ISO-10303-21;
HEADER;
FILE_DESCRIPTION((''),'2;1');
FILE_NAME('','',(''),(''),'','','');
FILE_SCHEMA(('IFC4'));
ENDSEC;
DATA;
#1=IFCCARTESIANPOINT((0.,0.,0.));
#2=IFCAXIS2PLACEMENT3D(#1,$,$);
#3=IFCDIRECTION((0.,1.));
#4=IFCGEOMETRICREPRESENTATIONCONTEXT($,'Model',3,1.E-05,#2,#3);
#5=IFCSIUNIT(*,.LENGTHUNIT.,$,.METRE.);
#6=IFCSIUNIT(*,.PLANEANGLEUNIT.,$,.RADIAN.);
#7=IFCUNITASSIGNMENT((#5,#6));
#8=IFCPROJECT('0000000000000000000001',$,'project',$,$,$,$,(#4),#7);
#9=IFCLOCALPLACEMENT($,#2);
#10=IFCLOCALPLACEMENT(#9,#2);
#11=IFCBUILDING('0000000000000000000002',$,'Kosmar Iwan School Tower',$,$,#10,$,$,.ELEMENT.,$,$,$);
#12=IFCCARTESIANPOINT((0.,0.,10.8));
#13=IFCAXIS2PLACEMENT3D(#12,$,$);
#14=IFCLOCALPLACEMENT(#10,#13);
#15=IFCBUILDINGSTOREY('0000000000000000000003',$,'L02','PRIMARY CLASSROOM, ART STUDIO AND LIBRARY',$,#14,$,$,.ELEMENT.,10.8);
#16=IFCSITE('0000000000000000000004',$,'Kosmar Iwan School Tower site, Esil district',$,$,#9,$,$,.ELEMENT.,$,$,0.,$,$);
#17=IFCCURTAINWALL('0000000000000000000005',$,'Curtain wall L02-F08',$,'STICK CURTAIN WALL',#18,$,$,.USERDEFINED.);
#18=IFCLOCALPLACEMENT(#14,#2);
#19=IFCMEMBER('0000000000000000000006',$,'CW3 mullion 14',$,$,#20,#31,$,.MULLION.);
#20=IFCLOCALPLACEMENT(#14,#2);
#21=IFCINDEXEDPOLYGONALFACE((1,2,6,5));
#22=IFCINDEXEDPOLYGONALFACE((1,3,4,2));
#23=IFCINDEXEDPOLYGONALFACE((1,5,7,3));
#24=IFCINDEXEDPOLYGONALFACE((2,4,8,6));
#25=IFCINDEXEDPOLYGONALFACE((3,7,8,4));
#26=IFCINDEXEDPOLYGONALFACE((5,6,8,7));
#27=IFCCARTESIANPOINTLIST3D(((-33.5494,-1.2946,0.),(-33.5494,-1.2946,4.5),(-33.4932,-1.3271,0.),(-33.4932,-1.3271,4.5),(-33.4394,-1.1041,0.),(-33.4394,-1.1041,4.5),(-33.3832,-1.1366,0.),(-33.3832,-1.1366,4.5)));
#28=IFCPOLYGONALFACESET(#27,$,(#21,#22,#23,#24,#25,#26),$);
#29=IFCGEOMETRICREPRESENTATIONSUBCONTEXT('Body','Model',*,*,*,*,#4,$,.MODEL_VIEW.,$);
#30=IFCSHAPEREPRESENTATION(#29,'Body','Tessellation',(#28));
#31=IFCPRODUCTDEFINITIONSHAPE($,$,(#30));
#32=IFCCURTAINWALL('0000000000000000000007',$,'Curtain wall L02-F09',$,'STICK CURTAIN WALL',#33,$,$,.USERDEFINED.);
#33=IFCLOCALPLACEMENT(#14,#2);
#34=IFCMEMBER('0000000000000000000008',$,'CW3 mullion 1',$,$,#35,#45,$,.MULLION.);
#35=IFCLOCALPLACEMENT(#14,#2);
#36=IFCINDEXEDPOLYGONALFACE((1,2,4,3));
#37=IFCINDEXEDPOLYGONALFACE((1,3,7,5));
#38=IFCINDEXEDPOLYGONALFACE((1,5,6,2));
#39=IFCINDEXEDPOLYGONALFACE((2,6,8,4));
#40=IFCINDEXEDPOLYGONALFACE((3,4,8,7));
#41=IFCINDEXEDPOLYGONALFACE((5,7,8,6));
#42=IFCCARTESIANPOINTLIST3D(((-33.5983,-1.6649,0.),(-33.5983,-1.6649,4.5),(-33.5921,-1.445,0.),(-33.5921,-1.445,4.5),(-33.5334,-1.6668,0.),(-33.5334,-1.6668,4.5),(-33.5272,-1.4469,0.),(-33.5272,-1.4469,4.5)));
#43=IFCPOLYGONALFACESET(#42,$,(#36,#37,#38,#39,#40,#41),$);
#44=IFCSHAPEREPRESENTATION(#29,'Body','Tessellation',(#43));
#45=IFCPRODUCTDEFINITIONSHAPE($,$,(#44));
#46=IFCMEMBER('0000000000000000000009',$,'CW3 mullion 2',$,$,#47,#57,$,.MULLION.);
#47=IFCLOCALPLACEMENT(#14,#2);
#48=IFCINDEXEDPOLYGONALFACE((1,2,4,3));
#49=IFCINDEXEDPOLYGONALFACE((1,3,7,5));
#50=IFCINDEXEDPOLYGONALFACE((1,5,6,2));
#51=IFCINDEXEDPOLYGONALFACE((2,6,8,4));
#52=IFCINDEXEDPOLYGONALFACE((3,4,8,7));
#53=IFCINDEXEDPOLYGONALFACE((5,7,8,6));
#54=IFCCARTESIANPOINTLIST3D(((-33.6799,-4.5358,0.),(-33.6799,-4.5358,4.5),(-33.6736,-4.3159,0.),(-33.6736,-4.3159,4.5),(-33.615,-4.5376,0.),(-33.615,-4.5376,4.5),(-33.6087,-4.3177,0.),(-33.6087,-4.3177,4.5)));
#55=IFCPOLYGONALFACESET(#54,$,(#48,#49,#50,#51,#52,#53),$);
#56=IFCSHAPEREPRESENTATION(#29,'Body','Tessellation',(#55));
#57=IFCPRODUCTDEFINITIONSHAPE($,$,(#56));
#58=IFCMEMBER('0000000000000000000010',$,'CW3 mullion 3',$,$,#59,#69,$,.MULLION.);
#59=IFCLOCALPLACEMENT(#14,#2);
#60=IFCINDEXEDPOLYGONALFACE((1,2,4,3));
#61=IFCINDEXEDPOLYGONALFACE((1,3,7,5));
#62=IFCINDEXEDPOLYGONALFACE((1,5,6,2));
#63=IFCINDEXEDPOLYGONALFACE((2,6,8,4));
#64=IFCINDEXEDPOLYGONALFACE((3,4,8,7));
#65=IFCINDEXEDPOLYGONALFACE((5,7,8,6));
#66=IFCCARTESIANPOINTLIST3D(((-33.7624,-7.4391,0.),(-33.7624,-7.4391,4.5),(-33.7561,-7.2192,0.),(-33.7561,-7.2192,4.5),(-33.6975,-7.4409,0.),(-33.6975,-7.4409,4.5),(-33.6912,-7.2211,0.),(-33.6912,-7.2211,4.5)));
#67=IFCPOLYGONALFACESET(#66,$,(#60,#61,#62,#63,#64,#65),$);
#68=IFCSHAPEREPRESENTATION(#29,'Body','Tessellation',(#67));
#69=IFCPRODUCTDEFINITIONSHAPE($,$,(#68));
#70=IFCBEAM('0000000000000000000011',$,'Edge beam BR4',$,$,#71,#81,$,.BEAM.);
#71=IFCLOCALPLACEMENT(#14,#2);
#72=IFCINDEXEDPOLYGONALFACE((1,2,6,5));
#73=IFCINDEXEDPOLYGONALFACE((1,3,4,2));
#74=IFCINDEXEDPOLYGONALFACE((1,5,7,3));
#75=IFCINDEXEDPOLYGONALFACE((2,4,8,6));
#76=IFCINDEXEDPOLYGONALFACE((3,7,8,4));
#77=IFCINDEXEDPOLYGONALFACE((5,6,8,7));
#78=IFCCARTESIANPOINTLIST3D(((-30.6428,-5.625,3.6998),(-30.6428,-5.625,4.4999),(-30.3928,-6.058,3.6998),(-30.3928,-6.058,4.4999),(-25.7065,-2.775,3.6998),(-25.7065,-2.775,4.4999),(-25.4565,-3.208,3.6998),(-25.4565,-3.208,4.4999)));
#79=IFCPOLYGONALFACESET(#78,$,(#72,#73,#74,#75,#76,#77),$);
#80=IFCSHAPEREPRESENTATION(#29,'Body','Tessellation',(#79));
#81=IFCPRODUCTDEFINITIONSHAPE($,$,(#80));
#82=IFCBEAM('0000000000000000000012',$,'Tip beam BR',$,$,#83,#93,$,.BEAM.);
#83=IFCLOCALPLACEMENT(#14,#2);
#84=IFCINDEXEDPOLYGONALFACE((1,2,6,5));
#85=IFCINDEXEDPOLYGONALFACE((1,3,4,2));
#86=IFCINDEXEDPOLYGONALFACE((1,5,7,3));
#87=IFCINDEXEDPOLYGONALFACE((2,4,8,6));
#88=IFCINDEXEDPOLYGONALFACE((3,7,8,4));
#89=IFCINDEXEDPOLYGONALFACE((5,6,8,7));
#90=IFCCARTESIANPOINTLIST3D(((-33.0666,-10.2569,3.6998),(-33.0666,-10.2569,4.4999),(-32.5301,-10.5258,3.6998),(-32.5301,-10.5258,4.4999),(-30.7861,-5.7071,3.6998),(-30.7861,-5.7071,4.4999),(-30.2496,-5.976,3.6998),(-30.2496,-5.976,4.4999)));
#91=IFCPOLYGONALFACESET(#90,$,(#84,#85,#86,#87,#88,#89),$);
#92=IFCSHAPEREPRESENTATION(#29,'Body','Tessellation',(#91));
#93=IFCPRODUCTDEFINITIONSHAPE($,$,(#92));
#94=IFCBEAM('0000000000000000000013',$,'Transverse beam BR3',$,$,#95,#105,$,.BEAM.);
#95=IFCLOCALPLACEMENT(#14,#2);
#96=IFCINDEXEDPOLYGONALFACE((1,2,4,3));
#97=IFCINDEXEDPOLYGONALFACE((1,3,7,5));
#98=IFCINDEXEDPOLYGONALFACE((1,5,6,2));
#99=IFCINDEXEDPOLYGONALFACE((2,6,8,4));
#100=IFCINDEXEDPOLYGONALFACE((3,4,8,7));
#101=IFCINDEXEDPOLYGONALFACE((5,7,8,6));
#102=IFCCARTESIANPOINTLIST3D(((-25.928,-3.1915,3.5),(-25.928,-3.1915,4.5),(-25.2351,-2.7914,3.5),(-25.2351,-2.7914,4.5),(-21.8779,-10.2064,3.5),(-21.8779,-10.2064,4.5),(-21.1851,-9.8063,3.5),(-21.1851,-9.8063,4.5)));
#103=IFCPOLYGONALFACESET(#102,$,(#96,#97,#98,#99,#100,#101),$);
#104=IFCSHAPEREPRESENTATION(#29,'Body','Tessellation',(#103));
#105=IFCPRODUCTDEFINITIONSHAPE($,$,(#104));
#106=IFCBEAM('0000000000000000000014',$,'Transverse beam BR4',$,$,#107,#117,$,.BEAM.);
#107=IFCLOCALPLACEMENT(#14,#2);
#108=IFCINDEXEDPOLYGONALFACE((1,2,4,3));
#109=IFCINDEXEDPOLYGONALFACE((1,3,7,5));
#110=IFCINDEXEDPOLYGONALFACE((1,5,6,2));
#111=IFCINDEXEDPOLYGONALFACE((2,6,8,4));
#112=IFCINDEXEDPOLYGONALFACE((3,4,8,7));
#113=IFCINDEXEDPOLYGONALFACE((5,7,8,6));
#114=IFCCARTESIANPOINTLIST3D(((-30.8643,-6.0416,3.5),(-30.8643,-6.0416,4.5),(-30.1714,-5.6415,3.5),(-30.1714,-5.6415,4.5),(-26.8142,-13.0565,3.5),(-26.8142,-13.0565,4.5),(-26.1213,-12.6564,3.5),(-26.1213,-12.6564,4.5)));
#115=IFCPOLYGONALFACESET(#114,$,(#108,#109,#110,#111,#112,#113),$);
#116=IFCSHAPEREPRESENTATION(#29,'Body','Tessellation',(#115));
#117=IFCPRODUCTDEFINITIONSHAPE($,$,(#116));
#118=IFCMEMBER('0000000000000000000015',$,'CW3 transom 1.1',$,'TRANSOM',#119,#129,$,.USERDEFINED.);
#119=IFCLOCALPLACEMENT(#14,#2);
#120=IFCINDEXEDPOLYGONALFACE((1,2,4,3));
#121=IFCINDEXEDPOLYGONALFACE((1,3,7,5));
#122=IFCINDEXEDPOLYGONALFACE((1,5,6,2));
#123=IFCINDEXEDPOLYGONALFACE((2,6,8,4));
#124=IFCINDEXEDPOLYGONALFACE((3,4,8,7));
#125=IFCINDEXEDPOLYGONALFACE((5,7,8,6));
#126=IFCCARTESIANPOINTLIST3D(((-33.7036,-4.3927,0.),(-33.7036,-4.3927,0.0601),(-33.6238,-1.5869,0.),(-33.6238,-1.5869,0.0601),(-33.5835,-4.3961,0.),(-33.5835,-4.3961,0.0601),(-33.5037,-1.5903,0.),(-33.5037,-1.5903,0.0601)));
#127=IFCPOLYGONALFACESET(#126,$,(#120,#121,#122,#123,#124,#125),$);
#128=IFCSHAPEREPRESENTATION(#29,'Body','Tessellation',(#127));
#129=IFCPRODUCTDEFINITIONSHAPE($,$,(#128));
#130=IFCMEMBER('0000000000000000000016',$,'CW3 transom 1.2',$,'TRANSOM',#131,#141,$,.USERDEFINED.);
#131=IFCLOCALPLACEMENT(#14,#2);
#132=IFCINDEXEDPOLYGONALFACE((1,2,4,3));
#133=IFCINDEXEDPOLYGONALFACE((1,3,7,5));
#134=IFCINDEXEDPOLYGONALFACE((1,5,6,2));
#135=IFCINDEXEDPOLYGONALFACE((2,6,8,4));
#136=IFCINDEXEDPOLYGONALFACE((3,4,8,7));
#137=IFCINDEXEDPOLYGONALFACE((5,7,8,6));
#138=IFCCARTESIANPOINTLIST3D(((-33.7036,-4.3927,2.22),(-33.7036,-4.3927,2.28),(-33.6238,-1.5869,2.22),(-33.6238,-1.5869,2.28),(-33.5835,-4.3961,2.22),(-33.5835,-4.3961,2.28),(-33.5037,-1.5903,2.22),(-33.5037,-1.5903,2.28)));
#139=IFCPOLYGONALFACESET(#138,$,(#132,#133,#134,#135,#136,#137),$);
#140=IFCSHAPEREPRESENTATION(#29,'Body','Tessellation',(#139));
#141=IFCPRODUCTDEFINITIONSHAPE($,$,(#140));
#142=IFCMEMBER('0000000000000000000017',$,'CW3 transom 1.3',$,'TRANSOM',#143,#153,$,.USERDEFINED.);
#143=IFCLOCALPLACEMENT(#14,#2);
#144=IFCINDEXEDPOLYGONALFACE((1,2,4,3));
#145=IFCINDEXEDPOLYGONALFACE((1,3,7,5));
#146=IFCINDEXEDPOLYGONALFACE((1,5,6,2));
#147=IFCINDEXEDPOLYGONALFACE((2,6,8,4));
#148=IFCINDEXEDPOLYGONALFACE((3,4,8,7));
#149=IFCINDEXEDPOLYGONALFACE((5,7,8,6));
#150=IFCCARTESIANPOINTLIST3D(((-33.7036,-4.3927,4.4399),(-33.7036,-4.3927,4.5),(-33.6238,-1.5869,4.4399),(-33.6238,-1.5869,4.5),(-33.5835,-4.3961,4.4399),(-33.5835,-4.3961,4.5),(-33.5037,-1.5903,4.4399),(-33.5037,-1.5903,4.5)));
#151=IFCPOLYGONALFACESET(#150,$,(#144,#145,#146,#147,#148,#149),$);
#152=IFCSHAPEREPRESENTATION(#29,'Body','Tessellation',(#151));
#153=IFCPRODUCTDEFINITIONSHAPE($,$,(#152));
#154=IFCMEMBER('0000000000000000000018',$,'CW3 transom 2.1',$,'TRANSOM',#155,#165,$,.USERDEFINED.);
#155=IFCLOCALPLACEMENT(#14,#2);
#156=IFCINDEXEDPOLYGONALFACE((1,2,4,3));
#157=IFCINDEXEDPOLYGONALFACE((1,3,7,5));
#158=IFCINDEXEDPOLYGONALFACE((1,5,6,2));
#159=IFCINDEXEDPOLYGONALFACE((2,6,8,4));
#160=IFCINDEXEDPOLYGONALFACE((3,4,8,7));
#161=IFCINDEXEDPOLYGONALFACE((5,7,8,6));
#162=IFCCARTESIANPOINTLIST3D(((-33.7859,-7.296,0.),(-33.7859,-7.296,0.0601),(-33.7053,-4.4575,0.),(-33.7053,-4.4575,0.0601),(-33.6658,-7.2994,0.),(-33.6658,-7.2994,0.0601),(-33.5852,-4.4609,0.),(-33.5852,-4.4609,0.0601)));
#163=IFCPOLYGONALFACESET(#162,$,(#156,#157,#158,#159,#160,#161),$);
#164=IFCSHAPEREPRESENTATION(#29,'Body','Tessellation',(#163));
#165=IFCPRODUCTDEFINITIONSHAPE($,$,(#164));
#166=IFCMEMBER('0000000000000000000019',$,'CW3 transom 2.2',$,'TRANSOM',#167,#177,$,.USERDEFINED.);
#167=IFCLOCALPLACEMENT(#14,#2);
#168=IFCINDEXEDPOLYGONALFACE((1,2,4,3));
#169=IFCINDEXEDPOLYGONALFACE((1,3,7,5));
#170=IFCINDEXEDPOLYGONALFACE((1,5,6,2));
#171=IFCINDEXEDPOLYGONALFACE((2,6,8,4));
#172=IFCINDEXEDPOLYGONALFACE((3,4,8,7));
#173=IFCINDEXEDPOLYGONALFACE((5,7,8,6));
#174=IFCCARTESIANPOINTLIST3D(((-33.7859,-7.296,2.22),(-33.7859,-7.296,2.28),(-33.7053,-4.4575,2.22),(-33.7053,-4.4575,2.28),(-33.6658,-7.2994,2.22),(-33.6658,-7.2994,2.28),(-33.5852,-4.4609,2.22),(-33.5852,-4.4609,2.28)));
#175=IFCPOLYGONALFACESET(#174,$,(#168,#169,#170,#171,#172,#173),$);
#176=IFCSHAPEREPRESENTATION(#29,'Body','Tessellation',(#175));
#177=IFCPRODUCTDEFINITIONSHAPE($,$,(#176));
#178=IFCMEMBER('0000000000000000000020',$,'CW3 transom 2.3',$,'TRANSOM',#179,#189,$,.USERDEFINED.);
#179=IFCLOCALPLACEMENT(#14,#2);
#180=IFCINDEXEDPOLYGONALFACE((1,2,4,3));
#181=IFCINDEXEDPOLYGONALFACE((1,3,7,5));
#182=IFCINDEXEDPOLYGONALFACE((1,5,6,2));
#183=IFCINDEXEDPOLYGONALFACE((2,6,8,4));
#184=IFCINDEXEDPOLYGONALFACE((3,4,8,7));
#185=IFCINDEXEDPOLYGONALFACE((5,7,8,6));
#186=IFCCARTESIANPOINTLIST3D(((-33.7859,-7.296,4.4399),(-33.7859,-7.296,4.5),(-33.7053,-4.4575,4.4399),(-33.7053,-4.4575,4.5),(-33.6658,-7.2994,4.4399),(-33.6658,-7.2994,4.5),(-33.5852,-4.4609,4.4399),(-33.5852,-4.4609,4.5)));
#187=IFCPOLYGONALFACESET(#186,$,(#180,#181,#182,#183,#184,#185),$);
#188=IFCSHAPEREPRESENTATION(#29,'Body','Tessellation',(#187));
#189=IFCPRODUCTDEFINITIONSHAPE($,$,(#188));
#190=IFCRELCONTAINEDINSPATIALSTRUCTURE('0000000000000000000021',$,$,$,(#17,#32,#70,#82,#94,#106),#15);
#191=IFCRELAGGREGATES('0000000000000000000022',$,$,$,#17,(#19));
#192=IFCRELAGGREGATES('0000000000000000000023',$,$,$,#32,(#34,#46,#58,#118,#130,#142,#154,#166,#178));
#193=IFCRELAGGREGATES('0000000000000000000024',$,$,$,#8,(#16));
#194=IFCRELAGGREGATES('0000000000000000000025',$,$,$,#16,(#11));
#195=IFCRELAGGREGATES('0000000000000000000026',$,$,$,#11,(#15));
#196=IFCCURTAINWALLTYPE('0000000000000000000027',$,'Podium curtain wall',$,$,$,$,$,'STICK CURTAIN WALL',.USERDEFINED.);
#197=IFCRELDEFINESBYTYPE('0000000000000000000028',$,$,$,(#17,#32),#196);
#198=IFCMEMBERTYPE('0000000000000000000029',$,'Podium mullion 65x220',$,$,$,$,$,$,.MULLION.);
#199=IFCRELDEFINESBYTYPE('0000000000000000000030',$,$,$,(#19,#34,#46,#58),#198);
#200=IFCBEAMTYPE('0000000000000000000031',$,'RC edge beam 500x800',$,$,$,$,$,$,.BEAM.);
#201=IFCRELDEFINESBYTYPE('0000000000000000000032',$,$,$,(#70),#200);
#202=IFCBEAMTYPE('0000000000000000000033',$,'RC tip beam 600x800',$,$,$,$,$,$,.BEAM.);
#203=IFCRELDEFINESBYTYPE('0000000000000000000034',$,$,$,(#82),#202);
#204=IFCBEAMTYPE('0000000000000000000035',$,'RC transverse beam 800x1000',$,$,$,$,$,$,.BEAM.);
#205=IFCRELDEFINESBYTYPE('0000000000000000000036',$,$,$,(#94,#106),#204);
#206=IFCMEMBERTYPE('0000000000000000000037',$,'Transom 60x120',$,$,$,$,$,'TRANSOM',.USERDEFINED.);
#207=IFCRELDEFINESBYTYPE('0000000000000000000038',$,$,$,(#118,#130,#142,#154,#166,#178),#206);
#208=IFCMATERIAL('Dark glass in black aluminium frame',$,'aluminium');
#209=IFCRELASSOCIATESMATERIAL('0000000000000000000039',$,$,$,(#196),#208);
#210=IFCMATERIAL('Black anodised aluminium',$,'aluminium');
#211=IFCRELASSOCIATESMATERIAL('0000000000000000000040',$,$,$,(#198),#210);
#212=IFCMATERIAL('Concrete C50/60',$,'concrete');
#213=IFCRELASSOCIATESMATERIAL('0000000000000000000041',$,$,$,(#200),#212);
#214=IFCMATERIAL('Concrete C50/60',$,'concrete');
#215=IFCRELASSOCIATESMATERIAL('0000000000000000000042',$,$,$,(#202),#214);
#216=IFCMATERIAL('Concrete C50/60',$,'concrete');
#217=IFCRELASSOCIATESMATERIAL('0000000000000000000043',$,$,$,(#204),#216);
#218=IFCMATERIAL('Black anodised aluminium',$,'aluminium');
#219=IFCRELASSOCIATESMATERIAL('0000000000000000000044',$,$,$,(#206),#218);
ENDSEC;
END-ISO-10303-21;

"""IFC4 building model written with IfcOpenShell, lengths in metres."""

from ifc_helpers import new_model, si_unit, direction, frame, origin, origin_2d, place, context, subcontext, project, spatial, rectangle, extrude, material, material_profile, profile_set, type_object, element, aggregate, save


model = new_model("IFC4")

# Units and contexts
model_context = context("Model", 3, precision=1e-05, world=origin(), true_north=direction((0.0, 1.0)))
body_context = subcontext(model_context, "Body", "Model", "MODEL_VIEW")
ifc_project = project(units=[si_unit("LENGTHUNIT", "METRE"), si_unit("PLANEANGLEUNIT", "RADIAN")], contexts=[model_context])

# Site, building, storey
site_placement = place(None, origin())
site = spatial("IfcSite", under=ifc_project, at=site_placement, Name="Kosmar Iwan School Tower site, Esil district", CompositionType="ELEMENT", RefElevation=0.0)
building_placement = place(site_placement, origin())
building = spatial("IfcBuilding", under=site, at=building_placement, Name="Kosmar Iwan School Tower", CompositionType="ELEMENT")
storey_placement = place(building_placement, frame((0.0, 0.0, 10.8)))
storey = spatial("IfcBuildingStorey", under=building, at=storey_placement, Name="L02", Description="PRIMARY CLASSROOM, ART STUDIO AND LIBRARY", CompositionType="ELEMENT", Elevation=10.8)

# Curtain wall, member
ifc_material_1 = material(Name="Dark glass in black aluminium frame", Category="aluminium")
curtain_wall_type = type_object("IfcCurtainWallType", Name="Podium curtain wall", ElementType="STICK CURTAIN WALL", PredefinedType="USERDEFINED", material=ifc_material_1)
curtain_wall_1_placement = place(storey_placement, origin())
curtain_wall_1 = element("IfcCurtainWall", 1, at=curtain_wall_1_placement, inside=storey, type_object=curtain_wall_type, Name="Curtain wall L02-F08", ObjectType="STICK CURTAIN WALL", PredefinedType="USERDEFINED")
ifc_material_2 = material(Name="Black anodised aluminium", Category="aluminium")
ifc_material_profile_1 = material_profile(ifc_material_2, rectangle(XDim=0.0649, YDim=0.22, at=origin_2d()), Name="MULLION 65x220")
ifc_profile_set_1 = profile_set([ifc_material_profile_1], Name="Black anodised aluminium")
member_type_1 = type_object("IfcMemberType", Name="Podium mullion 65x220", PredefinedType="MULLION", material=ifc_profile_set_1)
member_1_placement = place(storey_placement, frame((-33.4663, -1.2156, 0.0), z_axis=(0.0, 0.0, 1.0), x_axis=(0.866025, -0.5, 0.0)))
member_1 = element("IfcMember", 2, at=member_1_placement, type_object=member_type_1, Name="CW3 mullion 14", PredefinedType="MULLION", context=body_context, shape_type="SweptSolid", body=[
    extrude(rectangle(XDim=0.0649, YDim=0.22, at=origin_2d()), origin(), (0.0, 0.0, 1.0), 4.5),
])
aggregate(curtain_wall_1, [member_1])

# Curtain wall, members
curtain_wall_2_placement = place(storey_placement, origin())
curtain_wall_2 = element("IfcCurtainWall", 3, at=curtain_wall_2_placement, inside=storey, type_object=curtain_wall_type, Name="Curtain wall L02-F09", ObjectType="STICK CURTAIN WALL", PredefinedType="USERDEFINED")
member_2_placement = place(storey_placement, frame((-33.5627, -1.5559, 0.0), z_axis=(0.0, 0.0, 1.0), x_axis=(0.999597, -0.028386, 0.0)))
member_2 = element("IfcMember", 4, at=member_2_placement, type_object=member_type_1, Name="CW3 mullion 1", PredefinedType="MULLION", context=body_context, shape_type="SweptSolid", body=[
    extrude(rectangle(XDim=0.0649, YDim=0.22, at=origin_2d()), origin(), (0.0, 0.0, 1.0), 4.5),
])
member_3_placement = place(storey_placement, frame((-33.6443, -4.4268, 0.0), z_axis=(0.0, 0.0, 1.0), x_axis=(0.999597, -0.028386, 0.0)))
member_3 = element("IfcMember", 5, at=member_3_placement, type_object=member_type_1, Name="CW3 mullion 2", PredefinedType="MULLION", context=body_context, shape_type="SweptSolid", body=[
    extrude(rectangle(XDim=0.0649, YDim=0.22, at=origin_2d()), origin(), (0.0, 0.0, 1.0), 4.5),
])
member_4_placement = place(storey_placement, frame((-33.7268, -7.3301, 0.0), z_axis=(0.0, 0.0, 1.0), x_axis=(0.999597, -0.028386, 0.0)))
member_4 = element("IfcMember", 6, at=member_4_placement, type_object=member_type_1, Name="CW3 mullion 3", PredefinedType="MULLION", context=body_context, shape_type="SweptSolid", body=[
    extrude(rectangle(XDim=0.0649, YDim=0.22, at=origin_2d()), origin(), (0.0, 0.0, 1.0), 4.5),
])

# Beams
ifc_material_3 = material(Name="Concrete C50/60", Category="concrete")
ifc_material_profile_2 = material_profile(ifc_material_3, rectangle(XDim=0.5, YDim=0.8, at=origin_2d()), Name="RC 500x800")
ifc_profile_set_2 = profile_set([ifc_material_profile_2], Name="Concrete C50/60")
beam_type_1 = type_object("IfcBeamType", Name="RC edge beam 500x800", PredefinedType="BEAM", material=ifc_profile_set_2)
beam_1_placement = place(storey_placement, frame((-25.5815, -2.9915, 4.0999), z_axis=(-0.866015, -0.500018, 0.0), x_axis=(0.500018, -0.866015, 0.0)))
element("IfcBeam", 7, at=beam_1_placement, inside=storey, type_object=beam_type_1, Name="Edge beam BR4", PredefinedType="BEAM", context=body_context, shape_type="SweptSolid", body=[
    extrude(rectangle(XDim=0.5, YDim=0.8, at=origin_2d()), origin(), (0.0, 0.0, 1.0), 5.7),
])
ifc_material_4 = material(Name="Concrete C50/60", Category="concrete")
ifc_material_profile_3 = material_profile(ifc_material_4, rectangle(XDim=0.6001, YDim=0.8, at=origin_2d()), Name="RC 600x800")
ifc_profile_set_3 = profile_set([ifc_material_profile_3], Name="Concrete C50/60")
beam_type_2 = type_object("IfcBeamType", Name="RC tip beam 600x800", PredefinedType="BEAM", material=ifc_profile_set_3)
beam_2_placement = place(storey_placement, frame((-30.5178, -5.8416, 4.0999), z_axis=(-0.448096, -0.893985, 0.0), x_axis=(0.893985, -0.448096, 0.0)))
element("IfcBeam", 8, at=beam_2_placement, inside=storey, type_object=beam_type_2, Name="Tip beam BR", PredefinedType="BEAM", context=body_context, shape_type="SweptSolid", body=[
    extrude(rectangle(XDim=0.6001, YDim=0.8, at=origin_2d()), origin(), (0.0, 0.0, 1.0), 5.0894),
])
ifc_material_5 = material(Name="Concrete C50/60", Category="concrete")
ifc_material_profile_4 = material_profile(ifc_material_5, rectangle(XDim=0.8, YDim=1.0, at=origin_2d()), Name="RC 800x1000")
ifc_profile_set_4 = profile_set([ifc_material_profile_4], Name="Concrete C50/60")
beam_type_3 = type_object("IfcBeamType", Name="RC transverse beam 800x1000", PredefinedType="BEAM", material=ifc_profile_set_4)
for number, where, z_axis, x_axis, name in (
    (9, (-25.5815, -2.9915, 4.0), (0.5, -0.866025, 0.0), (0.866025, 0.5, 0.0), "Transverse beam BR3"),
    (10, (-30.5178, -5.8416, 4.0), (0.5, -0.866025, 0.0), (0.866025, 0.5, 0.0), "Transverse beam BR4"),
):
    element("IfcBeam", number, at=place(storey_placement, frame(where, z_axis=z_axis, x_axis=x_axis)), inside=storey, type_object=beam_type_3, Name=name, PredefinedType="BEAM", context=body_context, shape_type="SweptSolid", body=[
        extrude(rectangle(XDim=0.8, YDim=1.0, at=origin_2d()), origin(), (0.0, 0.0, 1.0), 8.1001),
    ])

# Members
ifc_material_6 = material(Name="Black anodised aluminium", Category="aluminium")
ifc_material_profile_5 = material_profile(ifc_material_6, rectangle(XDim=0.1201, YDim=0.0601, at=origin_2d()), Name="TRANSOM 60x120")
ifc_profile_set_5 = profile_set([ifc_material_profile_5], Name="Black anodised aluminium")
member_type_2 = type_object("IfcMemberType", Name="Transom 60x120", ElementType="TRANSOM", PredefinedType="USERDEFINED", material=ifc_profile_set_5)
member_5_placement = place(storey_placement, frame((-33.5637, -1.5886, 0.03), z_axis=(-0.028443, -0.999595, 0.0), x_axis=(0.999595, -0.028443, 0.0)))
member_5 = element("IfcMember", 11, at=member_5_placement, type_object=member_type_2, Name="CW3 transom 1.1", ObjectType="TRANSOM", PredefinedType="USERDEFINED", context=body_context, shape_type="SweptSolid", body=[
    extrude(rectangle(XDim=0.1201, YDim=0.0601, at=origin_2d()), origin(), (0.0, 0.0, 1.0), 2.8069),
])
member_6_placement = place(storey_placement, frame((-33.5637, -1.5886, 2.25), z_axis=(-0.028443, -0.999595, 0.0), x_axis=(0.999595, -0.028443, 0.0)))
member_6 = element("IfcMember", 12, at=member_6_placement, type_object=member_type_2, Name="CW3 transom 1.2", ObjectType="TRANSOM", PredefinedType="USERDEFINED", context=body_context, shape_type="SweptSolid", body=[
    extrude(rectangle(XDim=0.1201, YDim=0.0601, at=origin_2d()), origin(), (0.0, 0.0, 1.0), 2.8069),
])
member_7_placement = place(storey_placement, frame((-33.5637, -1.5886, 4.47), z_axis=(-0.028443, -0.999595, 0.0), x_axis=(0.999595, -0.028443, 0.0)))
member_7 = element("IfcMember", 13, at=member_7_placement, type_object=member_type_2, Name="CW3 transom 1.3", ObjectType="TRANSOM", PredefinedType="USERDEFINED", context=body_context, shape_type="SweptSolid", body=[
    extrude(rectangle(XDim=0.1201, YDim=0.0601, at=origin_2d()), origin(), (0.0, 0.0, 1.0), 2.8069),
])
member_8_placement = place(storey_placement, frame((-33.6453, -4.4592, 0.03), z_axis=(-0.028373, -0.999597, 0.0), x_axis=(0.999597, -0.028373, 0.0)))
member_8 = element("IfcMember", 14, at=member_8_placement, type_object=member_type_2, Name="CW3 transom 2.1", ObjectType="TRANSOM", PredefinedType="USERDEFINED", context=body_context, shape_type="SweptSolid", body=[
    extrude(rectangle(XDim=0.1201, YDim=0.0601, at=origin_2d()), origin(), (0.0, 0.0, 1.0), 2.8396),
])
member_9_placement = place(storey_placement, frame((-33.6453, -4.4592, 2.25), z_axis=(-0.028373, -0.999597, 0.0), x_axis=(0.999597, -0.028373, 0.0)))
member_9 = element("IfcMember", 15, at=member_9_placement, type_object=member_type_2, Name="CW3 transom 2.2", ObjectType="TRANSOM", PredefinedType="USERDEFINED", context=body_context, shape_type="SweptSolid", body=[
    extrude(rectangle(XDim=0.1201, YDim=0.0601, at=origin_2d()), origin(), (0.0, 0.0, 1.0), 2.8396),
])
member_10_placement = place(storey_placement, frame((-33.6453, -4.4592, 4.47), z_axis=(-0.028373, -0.999597, 0.0), x_axis=(0.999597, -0.028373, 0.0)))
member_10 = element("IfcMember", 16, at=member_10_placement, type_object=member_type_2, Name="CW3 transom 2.3", ObjectType="TRANSOM", PredefinedType="USERDEFINED", context=body_context, shape_type="SweptSolid", body=[
    extrude(rectangle(XDim=0.1201, YDim=0.0601, at=origin_2d()), origin(), (0.0, 0.0, 1.0), 2.8396),
])

aggregate(curtain_wall_2, [member_2, member_3, member_4, member_5, member_6, member_7, member_8, member_9, member_10])

save(model, "model.ifc")
